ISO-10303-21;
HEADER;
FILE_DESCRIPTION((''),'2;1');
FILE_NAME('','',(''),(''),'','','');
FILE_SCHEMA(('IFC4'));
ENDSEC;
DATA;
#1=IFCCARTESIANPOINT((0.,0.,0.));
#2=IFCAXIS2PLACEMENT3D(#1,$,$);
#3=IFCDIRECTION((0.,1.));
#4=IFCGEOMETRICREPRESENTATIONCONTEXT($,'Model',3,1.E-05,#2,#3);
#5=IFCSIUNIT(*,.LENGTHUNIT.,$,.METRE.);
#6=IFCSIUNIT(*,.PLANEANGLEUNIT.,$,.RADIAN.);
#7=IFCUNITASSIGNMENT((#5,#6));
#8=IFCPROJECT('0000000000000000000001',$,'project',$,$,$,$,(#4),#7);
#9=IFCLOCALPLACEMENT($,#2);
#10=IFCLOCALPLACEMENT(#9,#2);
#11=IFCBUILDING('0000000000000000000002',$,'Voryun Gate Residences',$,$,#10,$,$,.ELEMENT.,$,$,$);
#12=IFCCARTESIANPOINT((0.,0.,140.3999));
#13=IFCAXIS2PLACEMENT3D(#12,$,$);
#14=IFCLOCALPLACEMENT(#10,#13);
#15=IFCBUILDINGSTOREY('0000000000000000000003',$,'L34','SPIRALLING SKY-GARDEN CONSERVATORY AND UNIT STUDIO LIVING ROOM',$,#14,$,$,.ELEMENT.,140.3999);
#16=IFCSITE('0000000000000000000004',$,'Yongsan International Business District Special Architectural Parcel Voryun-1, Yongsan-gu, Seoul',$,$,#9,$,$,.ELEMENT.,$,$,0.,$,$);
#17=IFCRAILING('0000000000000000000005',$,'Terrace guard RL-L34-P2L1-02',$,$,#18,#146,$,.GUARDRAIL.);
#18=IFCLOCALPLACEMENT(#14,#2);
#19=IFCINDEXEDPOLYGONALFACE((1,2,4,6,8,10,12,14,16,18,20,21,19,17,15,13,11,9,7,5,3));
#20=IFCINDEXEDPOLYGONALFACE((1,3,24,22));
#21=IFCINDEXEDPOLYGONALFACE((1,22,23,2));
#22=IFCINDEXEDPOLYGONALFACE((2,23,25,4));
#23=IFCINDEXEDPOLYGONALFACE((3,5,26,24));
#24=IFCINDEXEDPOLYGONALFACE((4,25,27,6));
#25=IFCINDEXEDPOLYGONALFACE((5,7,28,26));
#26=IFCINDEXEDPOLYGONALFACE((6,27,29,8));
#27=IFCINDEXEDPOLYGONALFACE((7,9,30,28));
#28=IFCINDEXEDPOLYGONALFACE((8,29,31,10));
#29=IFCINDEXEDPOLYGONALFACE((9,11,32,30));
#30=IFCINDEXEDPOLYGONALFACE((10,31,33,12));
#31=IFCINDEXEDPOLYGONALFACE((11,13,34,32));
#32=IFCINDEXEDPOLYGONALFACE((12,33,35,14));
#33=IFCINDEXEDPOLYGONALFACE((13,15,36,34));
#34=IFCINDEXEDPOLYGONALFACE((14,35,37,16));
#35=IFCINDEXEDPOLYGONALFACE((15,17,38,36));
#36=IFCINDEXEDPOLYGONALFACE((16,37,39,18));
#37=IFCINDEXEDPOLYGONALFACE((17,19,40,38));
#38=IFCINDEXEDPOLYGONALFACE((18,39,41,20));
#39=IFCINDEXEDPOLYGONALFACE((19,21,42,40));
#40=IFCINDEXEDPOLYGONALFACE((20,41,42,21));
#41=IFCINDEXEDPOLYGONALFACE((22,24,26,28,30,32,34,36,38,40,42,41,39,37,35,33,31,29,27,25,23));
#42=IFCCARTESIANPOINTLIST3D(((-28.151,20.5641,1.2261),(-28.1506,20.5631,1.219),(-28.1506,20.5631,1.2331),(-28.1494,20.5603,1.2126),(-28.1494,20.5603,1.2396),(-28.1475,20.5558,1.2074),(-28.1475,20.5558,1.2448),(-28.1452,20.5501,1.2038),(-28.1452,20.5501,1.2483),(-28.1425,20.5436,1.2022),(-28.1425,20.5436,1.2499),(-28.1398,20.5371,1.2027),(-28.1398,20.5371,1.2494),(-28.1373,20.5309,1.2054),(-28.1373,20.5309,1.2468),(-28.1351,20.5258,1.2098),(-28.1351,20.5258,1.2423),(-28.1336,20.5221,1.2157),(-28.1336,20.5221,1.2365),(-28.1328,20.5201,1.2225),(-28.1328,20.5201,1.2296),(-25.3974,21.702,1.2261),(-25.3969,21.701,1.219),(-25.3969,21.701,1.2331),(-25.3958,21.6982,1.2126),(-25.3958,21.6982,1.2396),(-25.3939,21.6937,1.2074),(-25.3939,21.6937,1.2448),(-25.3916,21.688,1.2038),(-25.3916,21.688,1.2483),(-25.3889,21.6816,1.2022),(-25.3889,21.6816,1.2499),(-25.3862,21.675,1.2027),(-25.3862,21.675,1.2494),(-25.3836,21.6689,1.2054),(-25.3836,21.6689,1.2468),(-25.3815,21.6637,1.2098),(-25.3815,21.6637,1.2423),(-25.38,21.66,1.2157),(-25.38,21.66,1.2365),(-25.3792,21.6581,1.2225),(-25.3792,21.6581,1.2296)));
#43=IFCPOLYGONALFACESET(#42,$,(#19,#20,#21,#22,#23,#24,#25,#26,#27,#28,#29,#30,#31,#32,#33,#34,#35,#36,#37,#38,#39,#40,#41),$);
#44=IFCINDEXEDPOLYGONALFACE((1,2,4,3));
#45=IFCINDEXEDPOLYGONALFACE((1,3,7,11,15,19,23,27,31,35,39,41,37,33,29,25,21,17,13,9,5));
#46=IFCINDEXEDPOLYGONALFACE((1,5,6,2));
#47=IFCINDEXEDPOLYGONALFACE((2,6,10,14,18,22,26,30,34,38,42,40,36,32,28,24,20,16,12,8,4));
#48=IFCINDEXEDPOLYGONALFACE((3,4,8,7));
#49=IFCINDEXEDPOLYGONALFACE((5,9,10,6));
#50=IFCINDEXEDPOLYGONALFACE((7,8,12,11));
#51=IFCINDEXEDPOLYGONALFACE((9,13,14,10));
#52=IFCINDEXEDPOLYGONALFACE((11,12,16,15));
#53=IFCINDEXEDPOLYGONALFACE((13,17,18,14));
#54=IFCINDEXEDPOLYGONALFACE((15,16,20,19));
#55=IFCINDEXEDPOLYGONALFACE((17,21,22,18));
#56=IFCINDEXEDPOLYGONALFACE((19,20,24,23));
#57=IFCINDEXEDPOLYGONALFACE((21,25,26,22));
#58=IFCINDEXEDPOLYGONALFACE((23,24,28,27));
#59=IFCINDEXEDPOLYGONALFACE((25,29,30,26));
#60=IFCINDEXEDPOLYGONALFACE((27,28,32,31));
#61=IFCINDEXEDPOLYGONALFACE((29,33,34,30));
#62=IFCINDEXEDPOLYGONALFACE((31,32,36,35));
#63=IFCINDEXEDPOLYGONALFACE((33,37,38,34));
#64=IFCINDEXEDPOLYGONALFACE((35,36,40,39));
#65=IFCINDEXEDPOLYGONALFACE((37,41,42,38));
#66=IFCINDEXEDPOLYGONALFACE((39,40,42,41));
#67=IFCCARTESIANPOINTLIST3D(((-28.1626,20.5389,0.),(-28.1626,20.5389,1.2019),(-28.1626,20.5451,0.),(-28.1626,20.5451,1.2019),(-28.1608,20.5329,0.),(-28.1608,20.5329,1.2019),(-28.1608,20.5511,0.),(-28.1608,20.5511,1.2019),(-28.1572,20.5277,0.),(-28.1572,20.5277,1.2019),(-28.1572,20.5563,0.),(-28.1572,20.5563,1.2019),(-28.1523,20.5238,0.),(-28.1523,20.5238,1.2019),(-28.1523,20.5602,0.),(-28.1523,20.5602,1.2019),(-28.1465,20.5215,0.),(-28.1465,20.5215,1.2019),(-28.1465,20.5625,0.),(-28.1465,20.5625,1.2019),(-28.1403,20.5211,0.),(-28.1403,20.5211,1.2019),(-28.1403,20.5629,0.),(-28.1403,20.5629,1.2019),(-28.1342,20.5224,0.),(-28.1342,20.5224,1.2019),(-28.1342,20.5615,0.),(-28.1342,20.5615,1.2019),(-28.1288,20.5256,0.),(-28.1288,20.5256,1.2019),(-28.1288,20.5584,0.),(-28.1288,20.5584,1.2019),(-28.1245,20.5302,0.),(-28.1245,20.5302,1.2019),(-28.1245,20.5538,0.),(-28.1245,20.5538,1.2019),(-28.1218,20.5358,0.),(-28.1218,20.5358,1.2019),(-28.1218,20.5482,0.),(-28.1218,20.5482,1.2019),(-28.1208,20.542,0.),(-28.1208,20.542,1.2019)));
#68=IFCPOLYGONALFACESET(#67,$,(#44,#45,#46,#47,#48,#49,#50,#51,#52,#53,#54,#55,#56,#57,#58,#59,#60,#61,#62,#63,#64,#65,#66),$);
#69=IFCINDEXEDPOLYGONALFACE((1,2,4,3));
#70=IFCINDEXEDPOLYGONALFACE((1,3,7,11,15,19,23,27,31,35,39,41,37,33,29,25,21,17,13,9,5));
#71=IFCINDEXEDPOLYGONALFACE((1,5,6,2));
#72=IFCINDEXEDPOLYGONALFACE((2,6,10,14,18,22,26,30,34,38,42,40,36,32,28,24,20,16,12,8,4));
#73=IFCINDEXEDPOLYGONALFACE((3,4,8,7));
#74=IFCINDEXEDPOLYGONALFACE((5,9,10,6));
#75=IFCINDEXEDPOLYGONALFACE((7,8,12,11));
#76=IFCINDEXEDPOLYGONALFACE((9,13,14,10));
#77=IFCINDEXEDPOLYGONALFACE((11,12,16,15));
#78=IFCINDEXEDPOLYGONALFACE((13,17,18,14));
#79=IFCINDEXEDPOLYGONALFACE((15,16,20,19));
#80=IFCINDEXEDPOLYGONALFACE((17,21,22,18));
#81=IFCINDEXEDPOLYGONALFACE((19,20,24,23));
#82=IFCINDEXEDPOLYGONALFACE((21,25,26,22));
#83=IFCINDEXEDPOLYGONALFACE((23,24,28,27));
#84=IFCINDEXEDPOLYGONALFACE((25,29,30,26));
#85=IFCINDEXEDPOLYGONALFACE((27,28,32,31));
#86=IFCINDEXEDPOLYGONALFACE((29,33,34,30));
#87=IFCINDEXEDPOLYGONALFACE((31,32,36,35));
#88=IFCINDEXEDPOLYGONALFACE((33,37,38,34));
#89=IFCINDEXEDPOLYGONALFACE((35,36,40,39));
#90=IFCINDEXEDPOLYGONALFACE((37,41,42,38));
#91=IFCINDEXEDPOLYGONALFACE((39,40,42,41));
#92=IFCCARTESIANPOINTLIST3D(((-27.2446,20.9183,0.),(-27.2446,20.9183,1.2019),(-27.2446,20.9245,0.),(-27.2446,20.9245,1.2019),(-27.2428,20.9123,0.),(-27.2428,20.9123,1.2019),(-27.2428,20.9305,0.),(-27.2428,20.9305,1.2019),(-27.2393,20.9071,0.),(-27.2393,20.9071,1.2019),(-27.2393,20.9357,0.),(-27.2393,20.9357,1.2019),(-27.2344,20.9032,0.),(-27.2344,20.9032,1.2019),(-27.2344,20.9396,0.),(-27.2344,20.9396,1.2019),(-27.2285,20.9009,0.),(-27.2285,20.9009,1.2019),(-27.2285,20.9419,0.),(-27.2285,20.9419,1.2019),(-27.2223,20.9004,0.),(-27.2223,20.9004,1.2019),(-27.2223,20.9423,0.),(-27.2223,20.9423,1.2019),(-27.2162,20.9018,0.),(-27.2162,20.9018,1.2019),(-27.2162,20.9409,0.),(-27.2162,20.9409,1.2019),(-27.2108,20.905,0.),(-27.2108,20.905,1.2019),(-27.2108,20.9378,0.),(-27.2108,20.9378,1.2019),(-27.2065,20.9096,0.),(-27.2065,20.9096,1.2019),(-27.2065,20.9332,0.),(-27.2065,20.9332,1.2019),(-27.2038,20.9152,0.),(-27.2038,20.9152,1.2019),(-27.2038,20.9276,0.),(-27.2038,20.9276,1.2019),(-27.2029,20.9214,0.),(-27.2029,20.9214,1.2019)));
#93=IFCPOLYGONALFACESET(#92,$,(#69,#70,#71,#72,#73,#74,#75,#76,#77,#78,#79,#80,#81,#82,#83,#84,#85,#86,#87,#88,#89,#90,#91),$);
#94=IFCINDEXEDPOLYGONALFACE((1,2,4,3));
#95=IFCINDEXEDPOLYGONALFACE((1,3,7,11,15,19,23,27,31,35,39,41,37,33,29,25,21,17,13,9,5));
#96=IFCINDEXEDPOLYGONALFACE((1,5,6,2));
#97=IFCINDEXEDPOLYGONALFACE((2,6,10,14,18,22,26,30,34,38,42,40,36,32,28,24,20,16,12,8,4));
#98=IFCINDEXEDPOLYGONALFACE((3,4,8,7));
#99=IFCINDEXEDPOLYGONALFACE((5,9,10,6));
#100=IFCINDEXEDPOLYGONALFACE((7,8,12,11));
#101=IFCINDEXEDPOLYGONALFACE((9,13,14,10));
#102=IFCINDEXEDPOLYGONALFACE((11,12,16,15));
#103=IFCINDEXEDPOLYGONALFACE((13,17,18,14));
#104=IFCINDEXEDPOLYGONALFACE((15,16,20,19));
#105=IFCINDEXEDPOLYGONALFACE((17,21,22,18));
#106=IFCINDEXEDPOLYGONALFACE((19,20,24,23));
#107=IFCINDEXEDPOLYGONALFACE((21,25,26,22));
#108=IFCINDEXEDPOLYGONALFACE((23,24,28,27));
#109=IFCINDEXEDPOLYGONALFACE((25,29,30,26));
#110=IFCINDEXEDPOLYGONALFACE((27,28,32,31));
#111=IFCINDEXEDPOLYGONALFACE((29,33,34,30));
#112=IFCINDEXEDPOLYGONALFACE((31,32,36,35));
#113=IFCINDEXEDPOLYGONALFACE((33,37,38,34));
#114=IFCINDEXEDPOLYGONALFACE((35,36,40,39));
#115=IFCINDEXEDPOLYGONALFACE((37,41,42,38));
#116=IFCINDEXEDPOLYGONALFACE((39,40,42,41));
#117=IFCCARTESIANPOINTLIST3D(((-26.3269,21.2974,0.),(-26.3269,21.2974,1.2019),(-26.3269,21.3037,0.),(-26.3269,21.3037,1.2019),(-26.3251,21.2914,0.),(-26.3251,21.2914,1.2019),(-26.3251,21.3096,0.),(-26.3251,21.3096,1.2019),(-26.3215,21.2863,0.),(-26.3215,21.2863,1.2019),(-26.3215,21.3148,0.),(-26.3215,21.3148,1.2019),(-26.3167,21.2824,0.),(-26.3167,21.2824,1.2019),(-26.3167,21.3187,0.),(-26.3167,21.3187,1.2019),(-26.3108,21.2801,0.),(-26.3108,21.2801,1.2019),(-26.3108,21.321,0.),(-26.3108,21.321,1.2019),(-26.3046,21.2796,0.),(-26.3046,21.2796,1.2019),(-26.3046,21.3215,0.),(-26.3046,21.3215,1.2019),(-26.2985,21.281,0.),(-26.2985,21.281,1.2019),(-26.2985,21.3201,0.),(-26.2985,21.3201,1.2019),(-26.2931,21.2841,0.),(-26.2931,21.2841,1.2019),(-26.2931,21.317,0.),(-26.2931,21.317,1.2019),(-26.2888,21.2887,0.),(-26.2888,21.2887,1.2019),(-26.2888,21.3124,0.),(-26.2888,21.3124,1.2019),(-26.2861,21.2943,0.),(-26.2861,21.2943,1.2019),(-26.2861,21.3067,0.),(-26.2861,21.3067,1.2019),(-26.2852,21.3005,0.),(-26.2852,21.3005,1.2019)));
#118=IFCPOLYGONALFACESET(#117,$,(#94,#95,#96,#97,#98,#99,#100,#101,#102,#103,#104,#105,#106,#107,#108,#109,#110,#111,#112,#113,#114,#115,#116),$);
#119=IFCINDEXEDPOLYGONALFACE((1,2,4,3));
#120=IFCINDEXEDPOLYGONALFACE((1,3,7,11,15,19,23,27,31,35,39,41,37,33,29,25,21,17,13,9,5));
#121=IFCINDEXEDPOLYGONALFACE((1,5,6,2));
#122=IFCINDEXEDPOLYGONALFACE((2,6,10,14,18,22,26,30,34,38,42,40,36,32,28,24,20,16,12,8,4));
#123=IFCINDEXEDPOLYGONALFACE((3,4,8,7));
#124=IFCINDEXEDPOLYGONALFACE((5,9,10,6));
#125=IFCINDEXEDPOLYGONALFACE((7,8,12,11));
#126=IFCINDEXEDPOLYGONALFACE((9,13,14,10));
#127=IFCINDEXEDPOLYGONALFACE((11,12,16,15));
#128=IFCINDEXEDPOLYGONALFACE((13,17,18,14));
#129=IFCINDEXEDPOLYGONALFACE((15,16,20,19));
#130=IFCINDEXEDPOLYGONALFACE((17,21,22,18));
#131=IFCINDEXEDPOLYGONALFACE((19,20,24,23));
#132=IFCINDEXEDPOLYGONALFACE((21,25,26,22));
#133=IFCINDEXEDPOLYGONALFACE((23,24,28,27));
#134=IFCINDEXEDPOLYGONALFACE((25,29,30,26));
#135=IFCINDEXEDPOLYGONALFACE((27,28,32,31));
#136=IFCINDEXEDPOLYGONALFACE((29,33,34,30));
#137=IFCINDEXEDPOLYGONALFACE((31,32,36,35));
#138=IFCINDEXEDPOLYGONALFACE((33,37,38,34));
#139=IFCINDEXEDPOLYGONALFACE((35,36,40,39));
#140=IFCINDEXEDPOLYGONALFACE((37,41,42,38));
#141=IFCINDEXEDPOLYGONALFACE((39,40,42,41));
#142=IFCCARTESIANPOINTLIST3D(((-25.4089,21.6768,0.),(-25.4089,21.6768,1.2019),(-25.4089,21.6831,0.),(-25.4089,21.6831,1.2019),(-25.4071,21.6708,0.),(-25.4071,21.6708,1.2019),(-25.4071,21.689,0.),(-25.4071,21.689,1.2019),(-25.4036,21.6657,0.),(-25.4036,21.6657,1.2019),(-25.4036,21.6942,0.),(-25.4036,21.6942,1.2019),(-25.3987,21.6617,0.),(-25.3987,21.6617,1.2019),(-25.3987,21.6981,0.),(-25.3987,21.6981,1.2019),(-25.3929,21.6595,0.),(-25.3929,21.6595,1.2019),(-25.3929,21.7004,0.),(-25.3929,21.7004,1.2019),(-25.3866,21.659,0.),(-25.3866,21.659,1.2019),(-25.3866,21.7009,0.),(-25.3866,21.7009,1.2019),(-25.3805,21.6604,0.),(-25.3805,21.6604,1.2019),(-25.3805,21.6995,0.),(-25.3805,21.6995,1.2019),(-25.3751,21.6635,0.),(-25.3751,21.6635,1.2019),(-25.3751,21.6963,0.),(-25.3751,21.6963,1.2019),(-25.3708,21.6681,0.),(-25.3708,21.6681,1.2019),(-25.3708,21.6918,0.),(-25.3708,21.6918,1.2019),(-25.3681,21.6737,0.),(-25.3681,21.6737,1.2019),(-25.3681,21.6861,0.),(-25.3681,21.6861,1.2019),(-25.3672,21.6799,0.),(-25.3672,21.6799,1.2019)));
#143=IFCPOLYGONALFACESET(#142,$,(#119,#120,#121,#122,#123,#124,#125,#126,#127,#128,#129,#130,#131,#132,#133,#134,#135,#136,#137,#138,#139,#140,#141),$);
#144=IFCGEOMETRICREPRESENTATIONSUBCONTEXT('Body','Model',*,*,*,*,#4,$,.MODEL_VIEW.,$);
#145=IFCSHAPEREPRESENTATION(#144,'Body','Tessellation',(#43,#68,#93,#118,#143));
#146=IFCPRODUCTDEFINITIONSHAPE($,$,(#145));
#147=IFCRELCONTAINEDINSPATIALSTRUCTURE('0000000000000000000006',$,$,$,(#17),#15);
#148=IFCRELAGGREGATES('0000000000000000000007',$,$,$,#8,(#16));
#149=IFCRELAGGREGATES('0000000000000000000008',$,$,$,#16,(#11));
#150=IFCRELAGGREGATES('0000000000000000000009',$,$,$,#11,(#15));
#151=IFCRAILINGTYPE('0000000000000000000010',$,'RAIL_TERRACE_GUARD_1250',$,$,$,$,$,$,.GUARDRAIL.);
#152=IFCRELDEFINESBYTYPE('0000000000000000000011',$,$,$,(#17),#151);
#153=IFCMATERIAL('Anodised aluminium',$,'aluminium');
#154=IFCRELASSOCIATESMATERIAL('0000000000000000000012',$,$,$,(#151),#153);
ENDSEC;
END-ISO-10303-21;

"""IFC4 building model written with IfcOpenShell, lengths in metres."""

from ifc_helpers import new_model, si_unit, direction, frame, origin, origin_2d, place, context, subcontext, project, spatial, circle, extrude, material, type_object, element, save


model = new_model("IFC4")

# Units and contexts
model_context = context("Model", 3, precision=1e-05, world=origin(), true_north=direction((0.0, 1.0)))
body_context = subcontext(model_context, "Body", "Model", "MODEL_VIEW")
ifc_project = project(units=[si_unit("LENGTHUNIT", "METRE"), si_unit("PLANEANGLEUNIT", "RADIAN")], contexts=[model_context])

# Site, building, storey
site_placement = place(None, origin())
site = spatial("IfcSite", under=ifc_project, at=site_placement, Name="Yongsan International Business District Special Architectural Parcel Voryun-1, Yongsan-gu, Seoul", CompositionType="ELEMENT", RefElevation=0.0)
building_placement = place(site_placement, origin())
building = spatial("IfcBuilding", under=site, at=building_placement, Name="Voryun Gate Residences", CompositionType="ELEMENT")
storey_placement = place(building_placement, frame((0.0, 0.0, 140.3999)))
storey = spatial("IfcBuildingStorey", under=building, at=storey_placement, Name="L34", Description="SPIRALLING SKY-GARDEN CONSERVATORY AND UNIT STUDIO LIVING ROOM", CompositionType="ELEMENT", Elevation=140.3999)

# Railing
ifc_material_1 = material(Name="Anodised aluminium", Category="aluminium")
railing_type = type_object("IfcRailingType", Name="RAIL_TERRACE_GUARD_1250", PredefinedType="GUARDRAIL", material=ifc_material_1)
railing_1_placement = place(storey_placement, frame((-28.1418, 20.542, 0.0)))
element("IfcRailing", 1, at=railing_1_placement, inside=storey, type_object=railing_type, Name="Terrace guard RL-L34-P2L1-02", PredefinedType="GUARDRAIL", context=body_context, shape_type="SweptSolid", body=[
    extrude(circle(Radius=0.0239, at=origin_2d()), frame((0.0, 0.0, 1.2261), z_axis=(0.924195, 0.38192, 0.0), x_axis=(-0.38192, 0.924195, 0.0)), (0.0, 0.0, 1.0), 2.9795),
    extrude(circle(Radius=0.021, at=origin_2d()), origin(), (0.0, 0.0, 1.0), 1.2019),
    extrude(circle(Radius=0.021, at=origin_2d()), frame((0.918, 0.3794, 0.0)), (0.0, 0.0, 1.0), 1.2019),
    extrude(circle(Radius=0.021, at=origin_2d()), frame((1.8357, 0.7585, 0.0)), (0.0, 0.0, 1.0), 1.2019),
    extrude(circle(Radius=0.021, at=origin_2d()), frame((2.7537, 1.1379, 0.0)), (0.0, 0.0, 1.0), 1.2019),
])

save(model, "model.ifc")
